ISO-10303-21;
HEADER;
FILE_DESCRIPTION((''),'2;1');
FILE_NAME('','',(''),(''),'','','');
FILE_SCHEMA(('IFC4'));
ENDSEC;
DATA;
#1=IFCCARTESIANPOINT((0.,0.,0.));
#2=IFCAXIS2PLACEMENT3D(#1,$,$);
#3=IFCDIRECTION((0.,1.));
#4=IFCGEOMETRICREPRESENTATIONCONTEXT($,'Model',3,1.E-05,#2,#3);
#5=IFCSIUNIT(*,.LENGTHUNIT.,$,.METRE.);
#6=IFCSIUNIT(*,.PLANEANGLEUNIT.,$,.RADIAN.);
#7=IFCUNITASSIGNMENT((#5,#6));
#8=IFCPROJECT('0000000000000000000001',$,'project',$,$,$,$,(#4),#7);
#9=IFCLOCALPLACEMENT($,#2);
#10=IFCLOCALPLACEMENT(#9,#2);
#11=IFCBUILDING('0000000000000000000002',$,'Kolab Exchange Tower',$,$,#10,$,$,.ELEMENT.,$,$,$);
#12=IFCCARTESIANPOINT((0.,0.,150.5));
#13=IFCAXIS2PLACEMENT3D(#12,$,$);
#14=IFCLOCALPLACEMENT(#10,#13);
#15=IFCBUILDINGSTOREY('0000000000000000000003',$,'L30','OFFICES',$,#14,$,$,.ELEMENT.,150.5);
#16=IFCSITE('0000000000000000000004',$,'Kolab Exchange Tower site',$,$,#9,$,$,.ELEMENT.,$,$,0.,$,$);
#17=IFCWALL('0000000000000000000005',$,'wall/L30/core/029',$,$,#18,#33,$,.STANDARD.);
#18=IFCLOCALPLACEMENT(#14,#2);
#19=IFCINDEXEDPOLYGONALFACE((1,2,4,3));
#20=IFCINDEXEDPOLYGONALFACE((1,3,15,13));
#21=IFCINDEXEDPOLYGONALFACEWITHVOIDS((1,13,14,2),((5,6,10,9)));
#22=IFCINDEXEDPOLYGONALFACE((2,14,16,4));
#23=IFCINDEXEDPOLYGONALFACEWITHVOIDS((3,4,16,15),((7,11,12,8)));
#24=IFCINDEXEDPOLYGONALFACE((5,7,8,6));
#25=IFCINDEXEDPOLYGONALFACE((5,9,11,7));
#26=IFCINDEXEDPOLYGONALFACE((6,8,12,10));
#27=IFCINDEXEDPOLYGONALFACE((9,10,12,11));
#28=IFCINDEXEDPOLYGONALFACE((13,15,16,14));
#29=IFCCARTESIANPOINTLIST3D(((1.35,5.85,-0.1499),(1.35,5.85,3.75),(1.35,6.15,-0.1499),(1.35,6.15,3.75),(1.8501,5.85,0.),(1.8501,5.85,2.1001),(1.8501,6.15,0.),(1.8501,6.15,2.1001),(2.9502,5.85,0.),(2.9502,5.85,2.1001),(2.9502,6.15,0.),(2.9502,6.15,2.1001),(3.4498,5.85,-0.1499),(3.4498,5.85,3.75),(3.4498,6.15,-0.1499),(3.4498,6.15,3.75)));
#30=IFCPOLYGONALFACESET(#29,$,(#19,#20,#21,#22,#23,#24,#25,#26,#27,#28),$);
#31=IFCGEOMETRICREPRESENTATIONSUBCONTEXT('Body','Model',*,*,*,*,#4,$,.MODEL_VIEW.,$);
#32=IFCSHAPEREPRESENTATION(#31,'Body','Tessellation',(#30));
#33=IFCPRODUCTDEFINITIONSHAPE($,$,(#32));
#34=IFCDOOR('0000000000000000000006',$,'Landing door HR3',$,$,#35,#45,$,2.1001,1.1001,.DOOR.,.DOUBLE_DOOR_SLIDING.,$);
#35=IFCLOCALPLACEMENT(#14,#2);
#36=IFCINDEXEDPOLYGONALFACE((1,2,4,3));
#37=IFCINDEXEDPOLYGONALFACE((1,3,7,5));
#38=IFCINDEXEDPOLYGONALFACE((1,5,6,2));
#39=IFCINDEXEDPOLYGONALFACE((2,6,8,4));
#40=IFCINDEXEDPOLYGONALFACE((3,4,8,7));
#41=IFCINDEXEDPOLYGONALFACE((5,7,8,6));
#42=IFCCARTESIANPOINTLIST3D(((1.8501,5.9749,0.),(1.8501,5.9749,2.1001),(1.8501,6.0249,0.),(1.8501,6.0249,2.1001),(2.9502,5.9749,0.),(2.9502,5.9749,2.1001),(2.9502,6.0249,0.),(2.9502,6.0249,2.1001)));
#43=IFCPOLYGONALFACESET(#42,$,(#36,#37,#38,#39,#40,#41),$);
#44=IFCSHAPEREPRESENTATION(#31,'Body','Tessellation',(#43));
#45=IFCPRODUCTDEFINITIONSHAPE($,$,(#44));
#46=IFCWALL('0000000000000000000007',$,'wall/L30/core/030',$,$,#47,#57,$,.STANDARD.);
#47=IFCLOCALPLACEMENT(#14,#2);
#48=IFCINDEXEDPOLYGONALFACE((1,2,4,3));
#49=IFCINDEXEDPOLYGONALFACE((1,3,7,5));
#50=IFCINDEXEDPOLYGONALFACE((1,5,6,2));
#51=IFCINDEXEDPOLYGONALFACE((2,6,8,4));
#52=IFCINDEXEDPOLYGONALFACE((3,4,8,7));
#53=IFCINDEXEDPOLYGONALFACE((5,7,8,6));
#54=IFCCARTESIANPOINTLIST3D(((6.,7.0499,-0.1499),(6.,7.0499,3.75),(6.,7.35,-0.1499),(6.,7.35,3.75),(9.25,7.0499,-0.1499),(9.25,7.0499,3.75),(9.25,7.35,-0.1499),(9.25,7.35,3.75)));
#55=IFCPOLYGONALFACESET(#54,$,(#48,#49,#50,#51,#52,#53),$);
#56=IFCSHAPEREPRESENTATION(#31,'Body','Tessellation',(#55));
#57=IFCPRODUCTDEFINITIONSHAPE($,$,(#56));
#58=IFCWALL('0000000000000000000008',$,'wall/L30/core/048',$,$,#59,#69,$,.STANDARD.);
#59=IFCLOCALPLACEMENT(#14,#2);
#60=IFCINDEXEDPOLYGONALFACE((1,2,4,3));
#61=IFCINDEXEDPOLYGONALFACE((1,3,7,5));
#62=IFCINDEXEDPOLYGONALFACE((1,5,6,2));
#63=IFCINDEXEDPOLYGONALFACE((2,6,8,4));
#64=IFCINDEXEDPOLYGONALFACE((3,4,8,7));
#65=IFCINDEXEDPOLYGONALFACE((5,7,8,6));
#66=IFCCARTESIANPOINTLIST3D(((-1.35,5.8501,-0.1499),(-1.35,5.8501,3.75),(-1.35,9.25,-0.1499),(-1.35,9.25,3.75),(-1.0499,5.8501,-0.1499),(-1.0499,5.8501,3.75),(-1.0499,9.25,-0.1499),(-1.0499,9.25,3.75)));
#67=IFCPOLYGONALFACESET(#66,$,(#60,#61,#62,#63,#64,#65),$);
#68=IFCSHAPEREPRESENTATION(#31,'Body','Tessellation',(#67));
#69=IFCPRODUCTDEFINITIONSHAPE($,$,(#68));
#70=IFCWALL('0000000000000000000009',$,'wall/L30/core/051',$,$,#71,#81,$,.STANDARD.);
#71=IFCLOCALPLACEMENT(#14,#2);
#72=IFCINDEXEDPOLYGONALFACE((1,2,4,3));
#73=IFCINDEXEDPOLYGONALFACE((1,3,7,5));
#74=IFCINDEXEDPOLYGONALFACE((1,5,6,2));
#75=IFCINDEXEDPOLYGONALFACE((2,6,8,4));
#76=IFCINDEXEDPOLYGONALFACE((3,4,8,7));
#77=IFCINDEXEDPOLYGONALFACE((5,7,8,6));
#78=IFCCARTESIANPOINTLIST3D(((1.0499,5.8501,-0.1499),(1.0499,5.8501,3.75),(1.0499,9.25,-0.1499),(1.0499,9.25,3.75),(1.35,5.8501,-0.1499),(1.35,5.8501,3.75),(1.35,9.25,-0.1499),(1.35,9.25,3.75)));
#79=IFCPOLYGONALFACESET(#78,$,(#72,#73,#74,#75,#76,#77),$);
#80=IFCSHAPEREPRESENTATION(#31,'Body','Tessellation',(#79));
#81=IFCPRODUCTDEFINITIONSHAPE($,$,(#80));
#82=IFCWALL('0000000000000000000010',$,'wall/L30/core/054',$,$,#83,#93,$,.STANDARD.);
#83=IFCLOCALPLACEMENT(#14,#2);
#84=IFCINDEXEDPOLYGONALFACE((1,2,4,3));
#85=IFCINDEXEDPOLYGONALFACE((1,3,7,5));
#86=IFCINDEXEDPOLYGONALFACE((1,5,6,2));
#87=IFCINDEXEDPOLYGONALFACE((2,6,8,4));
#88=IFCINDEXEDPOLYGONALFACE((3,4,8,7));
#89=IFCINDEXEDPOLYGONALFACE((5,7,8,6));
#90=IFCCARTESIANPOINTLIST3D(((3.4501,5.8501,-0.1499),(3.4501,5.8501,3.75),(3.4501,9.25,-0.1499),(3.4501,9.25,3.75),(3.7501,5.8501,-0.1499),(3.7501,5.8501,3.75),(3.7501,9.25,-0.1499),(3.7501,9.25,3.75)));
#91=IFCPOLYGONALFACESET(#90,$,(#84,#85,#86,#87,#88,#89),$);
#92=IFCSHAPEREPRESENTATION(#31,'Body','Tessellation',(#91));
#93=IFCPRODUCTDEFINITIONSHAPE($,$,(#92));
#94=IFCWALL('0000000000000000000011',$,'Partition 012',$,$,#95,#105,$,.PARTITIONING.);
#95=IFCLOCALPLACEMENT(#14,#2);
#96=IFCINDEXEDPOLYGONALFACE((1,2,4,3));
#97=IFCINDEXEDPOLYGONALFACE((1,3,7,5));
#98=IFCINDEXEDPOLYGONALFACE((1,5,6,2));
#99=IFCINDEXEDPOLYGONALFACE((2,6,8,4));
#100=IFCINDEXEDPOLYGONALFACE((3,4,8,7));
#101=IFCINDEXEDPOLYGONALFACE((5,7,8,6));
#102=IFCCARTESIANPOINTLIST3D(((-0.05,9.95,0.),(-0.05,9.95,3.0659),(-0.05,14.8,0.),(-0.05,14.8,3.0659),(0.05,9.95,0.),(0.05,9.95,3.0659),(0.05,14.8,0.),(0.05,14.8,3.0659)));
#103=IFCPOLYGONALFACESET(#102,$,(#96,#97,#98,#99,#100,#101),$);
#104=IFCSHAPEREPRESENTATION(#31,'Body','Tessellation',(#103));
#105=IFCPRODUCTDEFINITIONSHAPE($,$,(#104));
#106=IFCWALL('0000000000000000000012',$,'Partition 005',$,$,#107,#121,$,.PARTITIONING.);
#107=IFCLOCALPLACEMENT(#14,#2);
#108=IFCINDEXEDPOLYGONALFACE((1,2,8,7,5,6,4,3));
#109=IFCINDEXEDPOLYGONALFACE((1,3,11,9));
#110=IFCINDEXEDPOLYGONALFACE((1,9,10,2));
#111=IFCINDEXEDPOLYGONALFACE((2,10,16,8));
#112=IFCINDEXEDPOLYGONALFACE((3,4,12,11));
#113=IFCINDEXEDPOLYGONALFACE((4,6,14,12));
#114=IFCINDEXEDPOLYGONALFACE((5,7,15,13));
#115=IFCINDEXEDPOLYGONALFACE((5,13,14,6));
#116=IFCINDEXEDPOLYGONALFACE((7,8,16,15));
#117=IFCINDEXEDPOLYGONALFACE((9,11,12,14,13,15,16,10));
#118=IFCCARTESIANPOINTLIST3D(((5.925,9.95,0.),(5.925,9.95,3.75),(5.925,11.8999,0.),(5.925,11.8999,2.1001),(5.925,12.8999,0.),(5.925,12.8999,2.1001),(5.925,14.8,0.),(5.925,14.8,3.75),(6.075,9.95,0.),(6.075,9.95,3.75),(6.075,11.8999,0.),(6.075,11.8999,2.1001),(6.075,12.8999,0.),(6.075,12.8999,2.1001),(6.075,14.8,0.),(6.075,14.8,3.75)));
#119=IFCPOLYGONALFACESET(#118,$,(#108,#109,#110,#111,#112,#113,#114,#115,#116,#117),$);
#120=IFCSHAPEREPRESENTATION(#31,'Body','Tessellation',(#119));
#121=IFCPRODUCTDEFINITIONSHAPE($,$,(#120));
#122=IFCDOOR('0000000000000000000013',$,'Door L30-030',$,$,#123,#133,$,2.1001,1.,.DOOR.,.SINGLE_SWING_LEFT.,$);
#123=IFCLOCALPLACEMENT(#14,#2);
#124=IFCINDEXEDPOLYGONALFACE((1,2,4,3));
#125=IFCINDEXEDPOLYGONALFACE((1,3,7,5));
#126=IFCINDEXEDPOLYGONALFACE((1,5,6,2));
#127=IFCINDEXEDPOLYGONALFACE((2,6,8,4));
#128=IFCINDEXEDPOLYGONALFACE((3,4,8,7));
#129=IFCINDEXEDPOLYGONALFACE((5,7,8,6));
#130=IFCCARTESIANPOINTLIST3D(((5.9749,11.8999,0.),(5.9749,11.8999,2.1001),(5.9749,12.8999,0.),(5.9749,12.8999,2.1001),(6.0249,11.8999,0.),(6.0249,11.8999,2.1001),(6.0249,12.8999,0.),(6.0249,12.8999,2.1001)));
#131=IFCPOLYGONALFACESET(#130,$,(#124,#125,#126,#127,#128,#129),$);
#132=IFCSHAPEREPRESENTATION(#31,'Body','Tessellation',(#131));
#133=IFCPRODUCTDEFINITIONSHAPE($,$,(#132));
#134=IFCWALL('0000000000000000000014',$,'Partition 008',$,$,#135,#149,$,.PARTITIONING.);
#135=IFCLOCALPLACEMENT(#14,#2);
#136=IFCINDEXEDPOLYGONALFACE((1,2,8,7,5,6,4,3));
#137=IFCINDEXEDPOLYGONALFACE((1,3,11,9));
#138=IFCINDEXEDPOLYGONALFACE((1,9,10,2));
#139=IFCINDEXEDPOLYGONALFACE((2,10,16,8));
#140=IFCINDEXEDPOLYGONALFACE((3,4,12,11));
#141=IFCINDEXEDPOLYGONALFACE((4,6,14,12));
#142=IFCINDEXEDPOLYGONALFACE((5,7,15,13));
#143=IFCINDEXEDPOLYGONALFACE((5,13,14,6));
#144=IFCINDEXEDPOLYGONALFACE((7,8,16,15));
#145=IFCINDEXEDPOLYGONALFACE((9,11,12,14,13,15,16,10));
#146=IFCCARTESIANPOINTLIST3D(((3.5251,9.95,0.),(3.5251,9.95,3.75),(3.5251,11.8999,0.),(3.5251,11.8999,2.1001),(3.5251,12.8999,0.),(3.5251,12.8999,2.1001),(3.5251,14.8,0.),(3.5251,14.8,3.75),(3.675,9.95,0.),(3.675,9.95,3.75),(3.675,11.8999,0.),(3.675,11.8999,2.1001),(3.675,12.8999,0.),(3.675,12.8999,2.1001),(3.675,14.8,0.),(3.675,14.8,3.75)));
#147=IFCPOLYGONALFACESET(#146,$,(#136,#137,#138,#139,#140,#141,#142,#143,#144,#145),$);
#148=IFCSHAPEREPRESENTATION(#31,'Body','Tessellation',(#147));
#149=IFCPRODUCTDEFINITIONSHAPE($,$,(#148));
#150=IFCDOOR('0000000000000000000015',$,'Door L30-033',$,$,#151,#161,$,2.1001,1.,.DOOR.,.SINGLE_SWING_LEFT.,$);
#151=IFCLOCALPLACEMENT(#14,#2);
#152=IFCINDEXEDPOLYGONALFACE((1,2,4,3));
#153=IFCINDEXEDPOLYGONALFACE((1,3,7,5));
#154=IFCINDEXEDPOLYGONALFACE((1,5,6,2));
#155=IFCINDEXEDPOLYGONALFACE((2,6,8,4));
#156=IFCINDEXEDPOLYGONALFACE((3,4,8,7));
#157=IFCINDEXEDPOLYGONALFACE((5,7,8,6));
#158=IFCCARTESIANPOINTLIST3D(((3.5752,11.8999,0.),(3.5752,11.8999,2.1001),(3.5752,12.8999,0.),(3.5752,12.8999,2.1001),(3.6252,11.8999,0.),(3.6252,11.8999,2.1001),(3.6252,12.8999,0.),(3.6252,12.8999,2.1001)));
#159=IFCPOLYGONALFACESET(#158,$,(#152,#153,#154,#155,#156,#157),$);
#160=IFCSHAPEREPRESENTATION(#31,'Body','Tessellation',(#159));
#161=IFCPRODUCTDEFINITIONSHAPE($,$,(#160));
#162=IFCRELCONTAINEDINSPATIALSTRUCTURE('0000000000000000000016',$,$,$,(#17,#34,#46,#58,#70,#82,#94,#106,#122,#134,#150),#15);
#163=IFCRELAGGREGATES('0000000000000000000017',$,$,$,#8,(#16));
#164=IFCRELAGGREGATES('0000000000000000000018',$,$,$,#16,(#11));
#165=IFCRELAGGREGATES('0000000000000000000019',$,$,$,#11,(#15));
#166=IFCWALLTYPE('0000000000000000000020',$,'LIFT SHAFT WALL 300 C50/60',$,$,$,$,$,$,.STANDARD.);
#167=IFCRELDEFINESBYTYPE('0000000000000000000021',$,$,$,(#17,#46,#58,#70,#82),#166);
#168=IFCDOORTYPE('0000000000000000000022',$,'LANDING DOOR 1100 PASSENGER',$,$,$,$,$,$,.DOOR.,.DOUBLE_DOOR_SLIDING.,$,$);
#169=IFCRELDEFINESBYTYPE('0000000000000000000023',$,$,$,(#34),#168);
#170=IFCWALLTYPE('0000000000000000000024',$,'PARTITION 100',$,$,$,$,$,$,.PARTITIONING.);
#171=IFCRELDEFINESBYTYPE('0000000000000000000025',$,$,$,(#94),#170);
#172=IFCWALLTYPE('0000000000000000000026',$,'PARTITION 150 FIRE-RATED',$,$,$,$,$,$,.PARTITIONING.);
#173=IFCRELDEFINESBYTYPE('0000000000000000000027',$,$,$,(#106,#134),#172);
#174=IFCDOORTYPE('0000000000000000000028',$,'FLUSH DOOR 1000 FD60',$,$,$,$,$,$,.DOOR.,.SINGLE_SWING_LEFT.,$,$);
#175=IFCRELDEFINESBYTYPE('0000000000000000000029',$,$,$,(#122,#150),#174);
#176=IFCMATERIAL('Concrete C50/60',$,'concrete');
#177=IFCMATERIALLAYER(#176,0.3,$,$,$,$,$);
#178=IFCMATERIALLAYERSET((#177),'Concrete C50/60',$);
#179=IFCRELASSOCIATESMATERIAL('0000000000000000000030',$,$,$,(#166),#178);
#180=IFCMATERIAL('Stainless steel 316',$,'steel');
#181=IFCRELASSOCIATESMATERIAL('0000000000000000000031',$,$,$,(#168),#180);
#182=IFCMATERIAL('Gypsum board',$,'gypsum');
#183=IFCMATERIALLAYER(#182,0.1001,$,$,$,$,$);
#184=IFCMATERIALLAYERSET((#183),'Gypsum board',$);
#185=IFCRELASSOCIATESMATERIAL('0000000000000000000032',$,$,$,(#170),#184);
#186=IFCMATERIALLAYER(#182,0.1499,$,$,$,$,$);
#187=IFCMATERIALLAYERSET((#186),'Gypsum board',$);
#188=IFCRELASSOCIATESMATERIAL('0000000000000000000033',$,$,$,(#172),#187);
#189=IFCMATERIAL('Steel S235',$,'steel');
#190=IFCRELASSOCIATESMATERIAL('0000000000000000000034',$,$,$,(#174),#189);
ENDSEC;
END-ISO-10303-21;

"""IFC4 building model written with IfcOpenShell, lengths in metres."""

from ifc_helpers import new_model, si_unit, direction, frame, frame_2d, origin, place, context, subcontext, project, spatial, rectangle, extrude, material, layer, layer_set, type_object, element, fill, save


model = new_model("IFC4")

# Units and contexts
model_context = context("Model", 3, precision=1e-05, world=origin(), true_north=direction((0.0, 1.0)))
body_context = subcontext(model_context, "Body", "Model", "MODEL_VIEW")
ifc_project = project(units=[si_unit("LENGTHUNIT", "METRE"), si_unit("PLANEANGLEUNIT", "RADIAN")], contexts=[model_context])

# Site, building, storey
site_placement = place(None, origin())
site = spatial("IfcSite", under=ifc_project, at=site_placement, Name="Kolab Exchange Tower site", CompositionType="ELEMENT", RefElevation=0.0)
building_placement = place(site_placement, origin())
building = spatial("IfcBuilding", under=site, at=building_placement, Name="Kolab Exchange Tower", CompositionType="ELEMENT")
storey_placement = place(building_placement, frame((0.0, 0.0, 150.5)))
storey = spatial("IfcBuildingStorey", under=building, at=storey_placement, Name="L30", Description="OFFICES", CompositionType="ELEMENT", Elevation=150.5)

# Shared definitions
ifc_material_1 = material(Name="Concrete C50/60", Category="concrete")
ifc_layer_1 = layer(ifc_material_1, 0.3)
ifc_layer_set_1 = layer_set([ifc_layer_1], Name="Concrete C50/60")
wall_type_1 = type_object("IfcWallType", Name="LIFT SHAFT WALL 300 C50/60", PredefinedType="STANDARD", material=ifc_layer_set_1)

# Wall, opening, door
ifc_material_2 = material(Name="Stainless steel 316", Category="steel")
door_type_1 = type_object("IfcDoorType", Name="LANDING DOOR 1100 PASSENGER", OperationType="DOUBLE_DOOR_SLIDING", PredefinedType="DOOR", material=ifc_material_2)
wall_1_placement = place(storey_placement, frame((1.3501, 6.0, -0.1499), z_axis=(0.0, 0.0, 1.0), x_axis=(1.0, 0.0, 0.0)))
wall_1 = element("IfcWall", 1, at=wall_1_placement, inside=storey, type_object=wall_type_1, Name="wall/L30/core/029", PredefinedType="STANDARD", context=body_context, shape_type="SweptSolid", body=[
    extrude(rectangle(XDim=2.0999, YDim=0.3, at=frame_2d((1.0498, 0.0))), origin(), (0.0, 0.0, 1.0), 3.8999),
])
opening_1_placement = place(wall_1_placement, frame((0.5, 0.0, 0.1499)))
opening_1 = element("IfcOpeningElement", 2, at=opening_1_placement, cuts=wall_1, PredefinedType="OPENING", context=body_context, shape_type="SweptSolid", body=[
    extrude(rectangle(XDim=1.1001, YDim=2.1001, at=frame_2d((0.55, 1.05))), frame((0.0, 0.1602, 0.0), z_axis=(0.0, -1.0, 0.0), x_axis=(1.0, 0.0, 0.0)), (0.0, 0.0, 1.0), 0.3201),
])
door_1_placement = place(opening_1_placement, origin())
door_1 = element("IfcDoor", 3, at=door_1_placement, inside=storey, type_object=door_type_1, Name="Landing door HR3", OperationType="DOUBLE_DOOR_SLIDING", OverallHeight=2.1001, OverallWidth=1.1001, PredefinedType="DOOR", context=body_context, shape_type="SweptSolid", body=[
    extrude(rectangle(XDim=1.1001, YDim=2.1001, at=frame_2d((0.55, 1.05))), frame((0.0, 0.0249, 0.0), z_axis=(0.0, -1.0, 0.0), x_axis=(1.0, 0.0, 0.0)), (0.0, 0.0, 1.0), 0.05),
])
fill(opening_1, door_1)

# Walls
wall_2_placement = place(storey_placement, frame((6.0, 7.2, -0.1499), z_axis=(0.0, 0.0, 1.0), x_axis=(1.0, 0.0, 0.0)))
element("IfcWall", 4, at=wall_2_placement, inside=storey, type_object=wall_type_1, Name="wall/L30/core/030", PredefinedType="STANDARD", context=body_context, shape_type="SweptSolid", body=[
    extrude(rectangle(XDim=3.25, YDim=0.3, at=frame_2d((1.625, 0.0))), origin(), (0.0, 0.0, 1.0), 3.8999),
])
for number, where, z_axis, x_axis, name in (
    (5, (-1.2, 5.8501, -0.1499), (0.0, 0.0, 1.0), (0.0, 1.0, 0.0), "wall/L30/core/048"),
    (6, (1.2, 5.8501, -0.1499), (0.0, 0.0, 1.0), (0.0, 1.0, 0.0), "wall/L30/core/051"),
    (7, (3.6001, 5.8501, -0.1499), (0.0, 0.0, 1.0), (0.0, 1.0, 0.0), "wall/L30/core/054"),
):
    element("IfcWall", number, at=place(storey_placement, frame(where, z_axis=z_axis, x_axis=x_axis)), inside=storey, type_object=wall_type_1, Name=name, PredefinedType="STANDARD", context=body_context, shape_type="SweptSolid", body=[
        extrude(rectangle(XDim=3.3999, YDim=0.3, at=frame_2d((1.7, 0.0))), origin(), (0.0, 0.0, 1.0), 3.8999),
    ])
ifc_material_3 = material(Name="Gypsum board", Category="gypsum")
ifc_layer_2 = layer(ifc_material_3, 0.1001)
ifc_layer_set_2 = layer_set([ifc_layer_2], Name="Gypsum board")
wall_type_2 = type_object("IfcWallType", Name="PARTITION 100", PredefinedType="PARTITIONING", material=ifc_layer_set_2)
wall_3_placement = place(storey_placement, frame((0.0, 9.95, 0.0), z_axis=(0.0, 0.0, 1.0), x_axis=(0.0, 1.0, 0.0)))
element("IfcWall", 8, at=wall_3_placement, inside=storey, type_object=wall_type_2, Name="Partition 012", PredefinedType="PARTITIONING", context=body_context, shape_type="SweptSolid", body=[
    extrude(rectangle(XDim=4.8501, YDim=0.1001, at=frame_2d((2.425, 0.0))), origin(), (0.0, 0.0, 1.0), 3.0659),
])

# Walls, openings, doors
ifc_layer_3 = layer(ifc_material_3, 0.1499)
ifc_layer_set_3 = layer_set([ifc_layer_3], Name="Gypsum board")
wall_type_3 = type_object("IfcWallType", Name="PARTITION 150 FIRE-RATED", PredefinedType="PARTITIONING", material=ifc_layer_set_3)
wall_4_placement = place(storey_placement, frame((6.0, 9.95, 0.0), z_axis=(0.0, 0.0, 1.0), x_axis=(0.0, 1.0, 0.0)))
wall_4 = element("IfcWall", 9, at=wall_4_placement, inside=storey, type_object=wall_type_3, Name="Partition 005", PredefinedType="PARTITIONING", context=body_context, shape_type="SweptSolid", body=[
    extrude(rectangle(XDim=4.8501, YDim=0.1499, at=frame_2d((2.425, 0.0))), origin(), (0.0, 0.0, 1.0), 3.75),
])
opening_2_placement = place(wall_4_placement, frame((1.95, 0.0, 0.0)))
opening_2 = element("IfcOpeningElement", 10, at=opening_2_placement, cuts=wall_4, PredefinedType="OPENING", context=body_context, shape_type="SweptSolid", body=[
    extrude(rectangle(XDim=1.0, YDim=2.1001, at=frame_2d((0.5, 1.05))), frame((0.0, 0.085, 0.0), z_axis=(0.0, -1.0, 0.0), x_axis=(1.0, 0.0, 0.0)), (0.0, 0.0, 1.0), 0.1699),
])
ifc_material_4 = material(Name="Steel S235", Category="steel")
door_type_2 = type_object("IfcDoorType", Name="FLUSH DOOR 1000 FD60", OperationType="SINGLE_SWING_LEFT", PredefinedType="DOOR", material=ifc_material_4)
door_2_placement = place(opening_2_placement, frame((1.0, 0.0, 0.0), z_axis=(0.0, 0.0, 1.0), x_axis=(-1.0, 0.0, 0.0)))
door_2 = element("IfcDoor", 11, at=door_2_placement, inside=storey, type_object=door_type_2, Name="Door L30-030", OperationType="SINGLE_SWING_LEFT", OverallHeight=2.1001, OverallWidth=1.0, PredefinedType="DOOR", context=body_context, shape_type="SweptSolid", body=[
    extrude(rectangle(XDim=1.0, YDim=2.1001, at=frame_2d((0.5, 1.05))), frame((0.0, 0.0249, 0.0), z_axis=(0.0, -1.0, 0.0), x_axis=(1.0, 0.0, 0.0)), (0.0, 0.0, 1.0), 0.05),
])
fill(opening_2, door_2)
wall_5_placement = place(storey_placement, frame((3.6001, 9.95, 0.0), z_axis=(0.0, 0.0, 1.0), x_axis=(0.0, 1.0, 0.0)))
wall_5 = element("IfcWall", 12, at=wall_5_placement, inside=storey, type_object=wall_type_3, Name="Partition 008", PredefinedType="PARTITIONING", context=body_context, shape_type="SweptSolid", body=[
    extrude(rectangle(XDim=4.8501, YDim=0.1499, at=frame_2d((2.425, 0.0))), origin(), (0.0, 0.0, 1.0), 3.75),
])
opening_3_placement = place(wall_5_placement, frame((1.95, 0.0, 0.0)))
opening_3 = element("IfcOpeningElement", 13, at=opening_3_placement, cuts=wall_5, PredefinedType="OPENING", context=body_context, shape_type="SweptSolid", body=[
    extrude(rectangle(XDim=1.0, YDim=2.1001, at=frame_2d((0.5, 1.05))), frame((0.0, 0.085, 0.0), z_axis=(0.0, -1.0, 0.0), x_axis=(1.0, 0.0, 0.0)), (0.0, 0.0, 1.0), 0.1699),
])
door_3_placement = place(opening_3_placement, origin())
door_3 = element("IfcDoor", 14, at=door_3_placement, inside=storey, type_object=door_type_2, Name="Door L30-033", OperationType="SINGLE_SWING_LEFT", OverallHeight=2.1001, OverallWidth=1.0, PredefinedType="DOOR", context=body_context, shape_type="SweptSolid", body=[
    extrude(rectangle(XDim=1.0, YDim=2.1001, at=frame_2d((0.5, 1.05))), frame((0.0, 0.0249, 0.0), z_axis=(0.0, -1.0, 0.0), x_axis=(1.0, 0.0, 0.0)), (0.0, 0.0, 1.0), 0.05),
])
fill(opening_3, door_3)

save(model, "model.ifc")
